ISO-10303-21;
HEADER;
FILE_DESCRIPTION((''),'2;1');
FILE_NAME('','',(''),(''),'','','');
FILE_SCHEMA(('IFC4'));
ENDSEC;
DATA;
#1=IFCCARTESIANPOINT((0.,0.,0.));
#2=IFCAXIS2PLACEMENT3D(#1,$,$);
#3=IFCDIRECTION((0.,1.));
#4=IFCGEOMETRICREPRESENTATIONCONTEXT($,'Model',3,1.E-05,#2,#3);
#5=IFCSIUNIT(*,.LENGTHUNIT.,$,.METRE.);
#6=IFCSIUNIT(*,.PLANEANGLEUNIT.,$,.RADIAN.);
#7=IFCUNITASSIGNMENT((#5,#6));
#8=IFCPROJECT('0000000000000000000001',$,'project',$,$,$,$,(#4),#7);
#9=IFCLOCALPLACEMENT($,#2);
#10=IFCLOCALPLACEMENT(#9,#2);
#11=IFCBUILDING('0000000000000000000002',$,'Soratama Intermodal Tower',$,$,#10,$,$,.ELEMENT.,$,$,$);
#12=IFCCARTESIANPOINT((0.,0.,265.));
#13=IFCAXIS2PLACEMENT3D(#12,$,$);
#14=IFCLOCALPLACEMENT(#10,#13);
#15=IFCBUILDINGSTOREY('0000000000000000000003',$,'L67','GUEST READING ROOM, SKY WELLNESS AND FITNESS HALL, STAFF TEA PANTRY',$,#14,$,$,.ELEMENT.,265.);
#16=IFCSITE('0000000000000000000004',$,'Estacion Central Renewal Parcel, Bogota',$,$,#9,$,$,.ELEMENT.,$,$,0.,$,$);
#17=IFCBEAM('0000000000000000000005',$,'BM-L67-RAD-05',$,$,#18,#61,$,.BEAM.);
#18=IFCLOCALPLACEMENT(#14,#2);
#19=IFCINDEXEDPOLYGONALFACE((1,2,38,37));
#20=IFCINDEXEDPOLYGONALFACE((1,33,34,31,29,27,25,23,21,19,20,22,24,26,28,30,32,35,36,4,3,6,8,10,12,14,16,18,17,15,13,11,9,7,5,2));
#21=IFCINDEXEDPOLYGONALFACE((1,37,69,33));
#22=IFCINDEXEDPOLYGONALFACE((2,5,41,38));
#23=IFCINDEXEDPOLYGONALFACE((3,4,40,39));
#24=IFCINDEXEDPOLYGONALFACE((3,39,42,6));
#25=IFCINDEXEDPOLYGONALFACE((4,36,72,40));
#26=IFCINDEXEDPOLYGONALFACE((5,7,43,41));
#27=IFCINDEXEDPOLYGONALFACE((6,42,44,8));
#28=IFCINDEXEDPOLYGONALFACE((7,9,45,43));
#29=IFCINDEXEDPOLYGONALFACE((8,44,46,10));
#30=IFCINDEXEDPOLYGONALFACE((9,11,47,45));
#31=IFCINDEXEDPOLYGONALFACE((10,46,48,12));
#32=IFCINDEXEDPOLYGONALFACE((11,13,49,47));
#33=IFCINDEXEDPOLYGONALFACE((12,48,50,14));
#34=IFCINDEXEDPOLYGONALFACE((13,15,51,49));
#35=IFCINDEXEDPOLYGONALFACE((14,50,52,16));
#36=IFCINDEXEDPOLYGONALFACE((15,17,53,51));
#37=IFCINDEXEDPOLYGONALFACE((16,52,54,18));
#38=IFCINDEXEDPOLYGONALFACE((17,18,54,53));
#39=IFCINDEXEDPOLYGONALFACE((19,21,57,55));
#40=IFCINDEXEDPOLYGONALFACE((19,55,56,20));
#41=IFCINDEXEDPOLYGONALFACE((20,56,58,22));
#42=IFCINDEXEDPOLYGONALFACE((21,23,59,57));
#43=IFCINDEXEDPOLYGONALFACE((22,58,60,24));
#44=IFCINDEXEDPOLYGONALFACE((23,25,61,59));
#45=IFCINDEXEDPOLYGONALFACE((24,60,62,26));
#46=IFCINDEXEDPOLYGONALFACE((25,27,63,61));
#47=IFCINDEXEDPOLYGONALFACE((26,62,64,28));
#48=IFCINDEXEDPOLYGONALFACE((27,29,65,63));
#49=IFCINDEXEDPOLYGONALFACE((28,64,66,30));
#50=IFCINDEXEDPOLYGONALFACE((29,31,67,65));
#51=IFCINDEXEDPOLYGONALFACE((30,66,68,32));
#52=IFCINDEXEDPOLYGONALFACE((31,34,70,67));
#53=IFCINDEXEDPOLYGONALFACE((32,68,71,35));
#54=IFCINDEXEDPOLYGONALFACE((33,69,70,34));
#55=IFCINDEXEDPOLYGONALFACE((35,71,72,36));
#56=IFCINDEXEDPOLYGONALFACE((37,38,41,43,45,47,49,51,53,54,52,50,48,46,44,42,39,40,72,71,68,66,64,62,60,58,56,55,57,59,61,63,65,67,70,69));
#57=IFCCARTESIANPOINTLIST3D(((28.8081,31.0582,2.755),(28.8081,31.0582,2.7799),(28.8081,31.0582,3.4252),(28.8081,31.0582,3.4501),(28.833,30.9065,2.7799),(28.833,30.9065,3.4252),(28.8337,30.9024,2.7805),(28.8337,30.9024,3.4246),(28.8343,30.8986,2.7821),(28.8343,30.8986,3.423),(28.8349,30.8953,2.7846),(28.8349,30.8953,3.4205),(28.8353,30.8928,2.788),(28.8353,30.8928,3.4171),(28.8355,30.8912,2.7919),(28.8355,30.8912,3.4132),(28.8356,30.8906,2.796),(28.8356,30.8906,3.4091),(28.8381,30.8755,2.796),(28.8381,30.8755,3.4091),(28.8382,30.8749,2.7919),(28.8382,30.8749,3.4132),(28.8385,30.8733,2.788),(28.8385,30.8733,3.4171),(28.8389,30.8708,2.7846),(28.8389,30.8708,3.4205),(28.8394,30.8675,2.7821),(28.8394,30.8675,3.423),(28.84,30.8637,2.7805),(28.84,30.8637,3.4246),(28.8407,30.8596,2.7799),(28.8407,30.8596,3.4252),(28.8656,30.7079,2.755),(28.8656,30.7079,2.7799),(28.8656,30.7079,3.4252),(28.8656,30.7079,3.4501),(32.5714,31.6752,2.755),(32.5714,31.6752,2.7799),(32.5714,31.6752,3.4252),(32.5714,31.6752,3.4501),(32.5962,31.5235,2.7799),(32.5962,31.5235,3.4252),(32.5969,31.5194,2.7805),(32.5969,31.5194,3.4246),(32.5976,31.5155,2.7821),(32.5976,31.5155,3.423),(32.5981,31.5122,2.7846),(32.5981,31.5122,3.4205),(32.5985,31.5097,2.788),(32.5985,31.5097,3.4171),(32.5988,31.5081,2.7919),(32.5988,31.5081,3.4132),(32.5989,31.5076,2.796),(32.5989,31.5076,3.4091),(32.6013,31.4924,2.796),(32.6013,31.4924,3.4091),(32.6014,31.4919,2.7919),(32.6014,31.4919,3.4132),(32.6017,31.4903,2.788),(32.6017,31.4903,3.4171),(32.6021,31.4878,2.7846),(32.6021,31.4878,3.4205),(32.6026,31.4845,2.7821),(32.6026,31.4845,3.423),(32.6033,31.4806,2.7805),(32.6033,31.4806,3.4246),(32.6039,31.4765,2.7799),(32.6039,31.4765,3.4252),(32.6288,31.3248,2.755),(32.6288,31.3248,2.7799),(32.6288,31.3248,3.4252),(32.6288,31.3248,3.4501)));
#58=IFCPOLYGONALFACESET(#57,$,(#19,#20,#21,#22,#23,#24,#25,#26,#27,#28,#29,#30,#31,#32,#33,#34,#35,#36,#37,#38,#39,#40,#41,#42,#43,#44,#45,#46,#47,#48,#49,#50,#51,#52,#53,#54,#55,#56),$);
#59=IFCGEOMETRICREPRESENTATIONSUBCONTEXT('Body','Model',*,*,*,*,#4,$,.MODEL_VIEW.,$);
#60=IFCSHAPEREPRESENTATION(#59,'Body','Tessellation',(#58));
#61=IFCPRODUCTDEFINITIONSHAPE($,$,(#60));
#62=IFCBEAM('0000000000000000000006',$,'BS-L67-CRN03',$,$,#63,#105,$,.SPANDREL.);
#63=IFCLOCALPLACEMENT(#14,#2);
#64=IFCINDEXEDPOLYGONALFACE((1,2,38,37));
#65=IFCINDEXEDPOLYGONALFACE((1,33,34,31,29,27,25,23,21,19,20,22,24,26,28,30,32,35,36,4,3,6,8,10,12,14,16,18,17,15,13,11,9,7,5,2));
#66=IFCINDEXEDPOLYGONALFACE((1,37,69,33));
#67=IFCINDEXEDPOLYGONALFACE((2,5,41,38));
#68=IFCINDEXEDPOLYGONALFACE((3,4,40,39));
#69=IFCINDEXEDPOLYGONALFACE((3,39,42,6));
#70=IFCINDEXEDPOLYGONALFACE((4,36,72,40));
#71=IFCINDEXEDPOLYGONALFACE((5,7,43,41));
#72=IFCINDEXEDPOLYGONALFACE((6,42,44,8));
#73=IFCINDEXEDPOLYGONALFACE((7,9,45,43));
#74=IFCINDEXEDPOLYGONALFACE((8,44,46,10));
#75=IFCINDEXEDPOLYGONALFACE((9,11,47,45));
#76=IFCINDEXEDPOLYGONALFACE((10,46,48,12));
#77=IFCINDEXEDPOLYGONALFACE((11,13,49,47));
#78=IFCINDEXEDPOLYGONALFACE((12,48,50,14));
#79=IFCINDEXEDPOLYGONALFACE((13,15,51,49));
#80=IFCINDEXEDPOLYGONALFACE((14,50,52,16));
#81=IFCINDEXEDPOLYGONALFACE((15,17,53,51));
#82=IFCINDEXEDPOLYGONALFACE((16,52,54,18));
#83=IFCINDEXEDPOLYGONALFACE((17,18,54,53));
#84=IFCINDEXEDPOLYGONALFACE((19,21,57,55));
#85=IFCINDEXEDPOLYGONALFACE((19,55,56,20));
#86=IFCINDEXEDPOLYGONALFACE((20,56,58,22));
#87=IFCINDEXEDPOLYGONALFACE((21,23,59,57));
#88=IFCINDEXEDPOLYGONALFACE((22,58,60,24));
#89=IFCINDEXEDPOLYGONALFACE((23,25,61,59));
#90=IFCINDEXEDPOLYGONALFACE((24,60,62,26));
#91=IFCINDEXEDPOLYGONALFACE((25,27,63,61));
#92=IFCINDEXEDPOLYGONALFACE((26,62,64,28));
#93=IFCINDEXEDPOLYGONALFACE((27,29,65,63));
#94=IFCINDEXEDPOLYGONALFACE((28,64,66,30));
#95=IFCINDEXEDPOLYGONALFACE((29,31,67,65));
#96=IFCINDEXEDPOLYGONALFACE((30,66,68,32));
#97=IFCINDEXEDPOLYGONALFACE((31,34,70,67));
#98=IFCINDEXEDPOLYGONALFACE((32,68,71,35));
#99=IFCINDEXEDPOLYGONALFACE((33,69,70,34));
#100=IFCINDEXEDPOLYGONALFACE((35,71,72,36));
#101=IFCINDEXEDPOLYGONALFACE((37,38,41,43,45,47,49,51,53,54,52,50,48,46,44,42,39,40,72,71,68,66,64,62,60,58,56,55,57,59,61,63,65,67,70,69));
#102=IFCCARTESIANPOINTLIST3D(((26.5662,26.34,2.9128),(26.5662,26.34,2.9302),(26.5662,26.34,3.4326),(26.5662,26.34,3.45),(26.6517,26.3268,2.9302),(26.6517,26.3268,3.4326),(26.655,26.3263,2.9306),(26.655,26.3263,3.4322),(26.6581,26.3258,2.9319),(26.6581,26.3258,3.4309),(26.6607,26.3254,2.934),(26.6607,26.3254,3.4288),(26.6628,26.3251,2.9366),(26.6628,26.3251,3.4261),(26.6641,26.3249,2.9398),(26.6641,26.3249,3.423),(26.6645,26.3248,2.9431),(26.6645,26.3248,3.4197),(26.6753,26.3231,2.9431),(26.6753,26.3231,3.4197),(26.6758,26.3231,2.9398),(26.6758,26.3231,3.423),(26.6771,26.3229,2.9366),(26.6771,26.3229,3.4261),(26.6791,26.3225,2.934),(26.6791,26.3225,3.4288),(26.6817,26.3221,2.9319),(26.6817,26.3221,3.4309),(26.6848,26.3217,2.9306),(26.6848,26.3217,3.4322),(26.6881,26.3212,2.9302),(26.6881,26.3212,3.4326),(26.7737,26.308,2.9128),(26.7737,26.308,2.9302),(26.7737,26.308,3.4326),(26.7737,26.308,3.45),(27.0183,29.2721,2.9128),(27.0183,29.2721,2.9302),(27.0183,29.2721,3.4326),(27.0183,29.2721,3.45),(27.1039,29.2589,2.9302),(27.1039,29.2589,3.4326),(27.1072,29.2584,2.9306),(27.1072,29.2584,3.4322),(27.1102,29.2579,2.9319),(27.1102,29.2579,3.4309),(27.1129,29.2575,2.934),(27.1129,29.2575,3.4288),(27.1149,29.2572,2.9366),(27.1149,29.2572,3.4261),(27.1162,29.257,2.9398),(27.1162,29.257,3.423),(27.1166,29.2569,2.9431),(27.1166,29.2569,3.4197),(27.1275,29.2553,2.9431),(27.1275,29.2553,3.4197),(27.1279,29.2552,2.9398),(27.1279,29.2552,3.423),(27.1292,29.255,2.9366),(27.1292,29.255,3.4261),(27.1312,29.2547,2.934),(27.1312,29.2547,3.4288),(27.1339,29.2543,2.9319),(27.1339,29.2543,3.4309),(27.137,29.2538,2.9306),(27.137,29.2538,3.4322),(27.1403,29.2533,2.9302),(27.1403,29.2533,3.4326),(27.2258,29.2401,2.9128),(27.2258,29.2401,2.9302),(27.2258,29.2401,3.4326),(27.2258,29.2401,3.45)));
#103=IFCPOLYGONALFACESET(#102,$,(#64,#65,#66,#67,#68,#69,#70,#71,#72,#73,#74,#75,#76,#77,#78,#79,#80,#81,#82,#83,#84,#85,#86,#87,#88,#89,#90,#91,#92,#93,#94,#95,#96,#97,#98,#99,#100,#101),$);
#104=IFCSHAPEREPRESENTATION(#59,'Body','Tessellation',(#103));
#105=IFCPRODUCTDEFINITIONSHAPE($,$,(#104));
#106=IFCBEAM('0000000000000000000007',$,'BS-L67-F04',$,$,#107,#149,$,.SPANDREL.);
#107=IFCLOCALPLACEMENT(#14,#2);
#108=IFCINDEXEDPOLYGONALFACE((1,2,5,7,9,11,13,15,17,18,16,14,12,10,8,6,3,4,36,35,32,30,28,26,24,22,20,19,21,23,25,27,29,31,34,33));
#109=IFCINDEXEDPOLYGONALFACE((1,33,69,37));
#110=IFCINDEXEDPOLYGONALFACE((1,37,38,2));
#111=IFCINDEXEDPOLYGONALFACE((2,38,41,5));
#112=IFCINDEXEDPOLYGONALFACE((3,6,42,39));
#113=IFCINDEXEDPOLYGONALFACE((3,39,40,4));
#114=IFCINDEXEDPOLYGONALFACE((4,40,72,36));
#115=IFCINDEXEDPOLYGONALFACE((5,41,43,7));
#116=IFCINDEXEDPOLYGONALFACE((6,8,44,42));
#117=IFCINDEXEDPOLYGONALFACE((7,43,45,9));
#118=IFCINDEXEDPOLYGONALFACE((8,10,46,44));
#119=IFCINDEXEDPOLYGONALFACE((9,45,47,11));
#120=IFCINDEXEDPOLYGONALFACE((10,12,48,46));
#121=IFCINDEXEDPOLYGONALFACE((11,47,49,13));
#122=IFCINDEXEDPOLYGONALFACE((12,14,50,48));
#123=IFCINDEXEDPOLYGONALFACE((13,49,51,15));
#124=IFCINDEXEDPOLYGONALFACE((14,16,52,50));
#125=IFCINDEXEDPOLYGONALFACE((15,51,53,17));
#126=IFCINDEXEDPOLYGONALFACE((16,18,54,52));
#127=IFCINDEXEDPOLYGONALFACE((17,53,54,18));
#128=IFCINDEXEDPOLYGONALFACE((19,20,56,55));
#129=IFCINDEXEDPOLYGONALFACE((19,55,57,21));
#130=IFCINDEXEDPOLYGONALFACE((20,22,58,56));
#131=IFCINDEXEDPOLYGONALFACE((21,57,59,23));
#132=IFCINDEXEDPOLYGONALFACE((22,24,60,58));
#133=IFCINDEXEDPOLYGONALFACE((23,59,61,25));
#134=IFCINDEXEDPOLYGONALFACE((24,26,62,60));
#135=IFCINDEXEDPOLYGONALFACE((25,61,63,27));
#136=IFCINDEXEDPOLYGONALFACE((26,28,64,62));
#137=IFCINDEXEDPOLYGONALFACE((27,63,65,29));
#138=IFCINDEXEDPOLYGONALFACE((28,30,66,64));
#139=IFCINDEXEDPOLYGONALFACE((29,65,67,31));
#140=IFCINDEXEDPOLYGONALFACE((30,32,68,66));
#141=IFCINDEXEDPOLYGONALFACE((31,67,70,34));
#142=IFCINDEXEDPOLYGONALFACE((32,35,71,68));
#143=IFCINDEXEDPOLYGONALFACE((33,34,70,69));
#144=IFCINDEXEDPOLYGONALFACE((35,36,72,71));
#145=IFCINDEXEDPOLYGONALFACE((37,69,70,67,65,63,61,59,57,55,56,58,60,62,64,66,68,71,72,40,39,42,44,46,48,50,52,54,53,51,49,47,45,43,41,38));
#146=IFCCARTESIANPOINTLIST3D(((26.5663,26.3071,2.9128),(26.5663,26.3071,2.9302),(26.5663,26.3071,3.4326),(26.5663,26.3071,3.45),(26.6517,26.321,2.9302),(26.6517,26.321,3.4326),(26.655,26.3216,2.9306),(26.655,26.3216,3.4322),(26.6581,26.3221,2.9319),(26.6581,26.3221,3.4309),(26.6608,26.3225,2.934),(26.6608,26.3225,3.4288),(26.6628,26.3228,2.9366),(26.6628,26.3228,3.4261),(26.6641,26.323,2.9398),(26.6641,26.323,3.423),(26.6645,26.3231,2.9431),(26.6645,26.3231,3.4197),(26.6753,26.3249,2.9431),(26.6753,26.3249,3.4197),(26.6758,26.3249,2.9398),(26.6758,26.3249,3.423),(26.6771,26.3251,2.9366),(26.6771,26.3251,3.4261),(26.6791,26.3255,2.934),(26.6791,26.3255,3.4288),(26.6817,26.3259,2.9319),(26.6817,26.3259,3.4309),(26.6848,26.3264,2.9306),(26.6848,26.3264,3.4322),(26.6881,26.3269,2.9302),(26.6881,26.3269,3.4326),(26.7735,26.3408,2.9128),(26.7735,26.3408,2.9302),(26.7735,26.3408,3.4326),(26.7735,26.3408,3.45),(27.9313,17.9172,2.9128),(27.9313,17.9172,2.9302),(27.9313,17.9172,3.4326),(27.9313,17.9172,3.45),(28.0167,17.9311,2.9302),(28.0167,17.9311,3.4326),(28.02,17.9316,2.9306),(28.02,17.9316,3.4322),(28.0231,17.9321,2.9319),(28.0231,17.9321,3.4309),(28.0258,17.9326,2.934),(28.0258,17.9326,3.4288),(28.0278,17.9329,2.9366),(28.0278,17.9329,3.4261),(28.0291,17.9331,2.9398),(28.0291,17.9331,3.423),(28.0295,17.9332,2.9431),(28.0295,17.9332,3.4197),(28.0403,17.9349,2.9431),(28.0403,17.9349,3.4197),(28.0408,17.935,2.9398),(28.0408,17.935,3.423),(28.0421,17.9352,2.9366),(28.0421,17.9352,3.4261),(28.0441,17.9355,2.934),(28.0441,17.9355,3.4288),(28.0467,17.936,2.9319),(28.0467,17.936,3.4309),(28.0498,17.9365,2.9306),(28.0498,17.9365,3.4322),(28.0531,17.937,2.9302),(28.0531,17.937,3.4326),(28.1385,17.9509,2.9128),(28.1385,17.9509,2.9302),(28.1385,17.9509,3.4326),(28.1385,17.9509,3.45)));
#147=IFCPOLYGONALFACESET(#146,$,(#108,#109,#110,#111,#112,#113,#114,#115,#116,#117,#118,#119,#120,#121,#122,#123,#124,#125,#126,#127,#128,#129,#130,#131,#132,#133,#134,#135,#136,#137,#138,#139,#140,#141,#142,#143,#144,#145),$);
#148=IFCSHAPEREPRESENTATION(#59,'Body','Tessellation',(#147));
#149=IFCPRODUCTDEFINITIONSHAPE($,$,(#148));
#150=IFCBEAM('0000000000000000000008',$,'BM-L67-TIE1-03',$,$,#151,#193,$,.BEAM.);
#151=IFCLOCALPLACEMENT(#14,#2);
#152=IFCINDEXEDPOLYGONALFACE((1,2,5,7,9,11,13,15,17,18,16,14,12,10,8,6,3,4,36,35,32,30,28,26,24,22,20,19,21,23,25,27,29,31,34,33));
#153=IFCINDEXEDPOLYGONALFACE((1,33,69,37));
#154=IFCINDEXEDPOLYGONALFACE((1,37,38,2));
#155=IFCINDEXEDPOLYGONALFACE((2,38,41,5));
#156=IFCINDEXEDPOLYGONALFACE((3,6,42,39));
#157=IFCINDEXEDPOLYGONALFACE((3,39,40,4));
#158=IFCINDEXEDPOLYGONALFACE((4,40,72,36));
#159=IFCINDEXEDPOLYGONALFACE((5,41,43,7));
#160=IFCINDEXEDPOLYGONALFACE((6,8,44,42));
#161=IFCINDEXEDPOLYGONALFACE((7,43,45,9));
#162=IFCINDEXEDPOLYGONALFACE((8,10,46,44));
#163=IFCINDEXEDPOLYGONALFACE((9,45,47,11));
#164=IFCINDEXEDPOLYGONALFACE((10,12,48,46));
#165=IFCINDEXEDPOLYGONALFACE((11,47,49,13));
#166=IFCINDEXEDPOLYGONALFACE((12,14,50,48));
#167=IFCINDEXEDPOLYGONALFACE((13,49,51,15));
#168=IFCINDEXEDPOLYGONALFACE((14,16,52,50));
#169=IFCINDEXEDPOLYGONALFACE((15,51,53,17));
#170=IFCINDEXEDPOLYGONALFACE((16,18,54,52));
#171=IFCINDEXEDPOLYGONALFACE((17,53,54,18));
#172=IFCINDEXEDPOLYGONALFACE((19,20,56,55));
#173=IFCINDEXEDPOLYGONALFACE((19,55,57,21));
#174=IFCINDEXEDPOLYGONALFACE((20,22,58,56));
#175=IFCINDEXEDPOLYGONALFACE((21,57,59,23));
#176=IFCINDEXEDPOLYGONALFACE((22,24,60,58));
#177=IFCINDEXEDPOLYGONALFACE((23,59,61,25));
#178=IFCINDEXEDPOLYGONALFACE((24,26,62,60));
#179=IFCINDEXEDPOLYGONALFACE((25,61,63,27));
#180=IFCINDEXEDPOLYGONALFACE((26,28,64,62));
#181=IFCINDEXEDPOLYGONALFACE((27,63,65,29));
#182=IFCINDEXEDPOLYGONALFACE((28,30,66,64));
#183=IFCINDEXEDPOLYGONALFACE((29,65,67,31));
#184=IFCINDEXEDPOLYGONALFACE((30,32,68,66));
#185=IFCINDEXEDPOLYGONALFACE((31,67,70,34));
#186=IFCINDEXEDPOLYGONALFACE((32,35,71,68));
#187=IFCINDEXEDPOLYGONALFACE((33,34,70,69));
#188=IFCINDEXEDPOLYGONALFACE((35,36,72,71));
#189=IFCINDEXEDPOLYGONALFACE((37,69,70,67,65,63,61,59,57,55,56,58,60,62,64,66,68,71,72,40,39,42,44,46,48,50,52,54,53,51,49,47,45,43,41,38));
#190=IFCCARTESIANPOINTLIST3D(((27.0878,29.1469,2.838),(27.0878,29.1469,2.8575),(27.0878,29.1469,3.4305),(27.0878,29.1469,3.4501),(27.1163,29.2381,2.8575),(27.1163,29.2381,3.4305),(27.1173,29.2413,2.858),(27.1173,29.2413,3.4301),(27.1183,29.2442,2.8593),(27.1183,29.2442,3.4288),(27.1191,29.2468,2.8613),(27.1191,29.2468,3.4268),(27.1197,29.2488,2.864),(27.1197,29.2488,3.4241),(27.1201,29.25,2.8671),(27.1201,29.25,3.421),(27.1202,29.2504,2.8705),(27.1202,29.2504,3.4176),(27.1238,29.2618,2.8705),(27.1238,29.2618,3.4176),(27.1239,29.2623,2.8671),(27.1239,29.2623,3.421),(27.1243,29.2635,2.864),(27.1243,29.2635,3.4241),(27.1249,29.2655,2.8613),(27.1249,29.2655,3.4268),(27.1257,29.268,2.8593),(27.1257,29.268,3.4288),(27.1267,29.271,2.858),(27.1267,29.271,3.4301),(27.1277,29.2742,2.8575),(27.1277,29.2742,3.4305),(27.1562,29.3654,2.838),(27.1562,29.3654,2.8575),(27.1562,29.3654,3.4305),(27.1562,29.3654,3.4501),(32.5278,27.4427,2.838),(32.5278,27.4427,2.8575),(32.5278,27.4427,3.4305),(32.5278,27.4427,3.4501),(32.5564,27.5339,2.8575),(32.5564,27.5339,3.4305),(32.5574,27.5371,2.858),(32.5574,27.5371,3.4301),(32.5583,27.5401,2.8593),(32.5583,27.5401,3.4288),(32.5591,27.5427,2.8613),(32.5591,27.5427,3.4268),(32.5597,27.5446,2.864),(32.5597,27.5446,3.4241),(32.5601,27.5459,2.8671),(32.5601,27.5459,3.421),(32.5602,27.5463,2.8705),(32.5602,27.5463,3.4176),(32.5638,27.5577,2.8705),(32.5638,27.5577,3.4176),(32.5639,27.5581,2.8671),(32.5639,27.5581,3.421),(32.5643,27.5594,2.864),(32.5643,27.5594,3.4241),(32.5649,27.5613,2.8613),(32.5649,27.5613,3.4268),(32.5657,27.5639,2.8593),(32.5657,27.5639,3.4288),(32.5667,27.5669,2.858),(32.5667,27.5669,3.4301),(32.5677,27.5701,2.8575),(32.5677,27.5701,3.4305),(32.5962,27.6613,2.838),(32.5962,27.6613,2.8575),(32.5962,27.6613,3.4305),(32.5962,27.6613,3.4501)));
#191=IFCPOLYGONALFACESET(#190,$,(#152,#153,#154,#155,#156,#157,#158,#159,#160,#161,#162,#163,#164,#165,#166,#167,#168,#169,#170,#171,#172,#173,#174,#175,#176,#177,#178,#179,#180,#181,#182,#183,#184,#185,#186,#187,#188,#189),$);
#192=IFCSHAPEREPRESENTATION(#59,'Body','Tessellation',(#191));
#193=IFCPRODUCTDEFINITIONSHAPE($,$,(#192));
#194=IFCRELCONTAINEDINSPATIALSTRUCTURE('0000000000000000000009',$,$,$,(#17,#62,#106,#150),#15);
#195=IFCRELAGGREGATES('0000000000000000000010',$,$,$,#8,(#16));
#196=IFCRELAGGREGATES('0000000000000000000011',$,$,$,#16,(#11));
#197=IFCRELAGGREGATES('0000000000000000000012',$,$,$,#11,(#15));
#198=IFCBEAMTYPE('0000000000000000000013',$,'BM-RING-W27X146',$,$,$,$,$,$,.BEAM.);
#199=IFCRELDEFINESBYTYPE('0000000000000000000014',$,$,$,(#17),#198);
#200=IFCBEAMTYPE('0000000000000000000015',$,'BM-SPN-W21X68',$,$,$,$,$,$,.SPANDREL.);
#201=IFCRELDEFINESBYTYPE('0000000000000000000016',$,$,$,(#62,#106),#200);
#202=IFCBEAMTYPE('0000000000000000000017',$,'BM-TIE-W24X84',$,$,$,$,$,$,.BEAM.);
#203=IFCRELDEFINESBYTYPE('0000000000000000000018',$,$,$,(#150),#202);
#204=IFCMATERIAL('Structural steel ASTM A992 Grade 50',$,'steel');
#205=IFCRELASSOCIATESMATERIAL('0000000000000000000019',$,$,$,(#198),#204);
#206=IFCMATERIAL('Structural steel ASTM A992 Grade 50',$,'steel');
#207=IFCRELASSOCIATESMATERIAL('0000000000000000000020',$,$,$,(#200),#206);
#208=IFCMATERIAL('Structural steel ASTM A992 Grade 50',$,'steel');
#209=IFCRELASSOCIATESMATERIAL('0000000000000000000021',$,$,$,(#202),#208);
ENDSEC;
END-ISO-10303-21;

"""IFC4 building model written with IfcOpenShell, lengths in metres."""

from ifc_helpers import new_model, si_unit, direction, frame, origin, origin_2d, place, context, subcontext, project, spatial, i_section, extrude, material, material_profile, profile_set, type_object, element, save


model = new_model("IFC4")

# Units and contexts
model_context = context("Model", 3, precision=1e-05, world=origin(), true_north=direction((0.0, 1.0)))
body_context = subcontext(model_context, "Body", "Model", "MODEL_VIEW")
ifc_project = project(units=[si_unit("LENGTHUNIT", "METRE"), si_unit("PLANEANGLEUNIT", "RADIAN")], contexts=[model_context])

# Site, building, storey
site_placement = place(None, origin())
site = spatial("IfcSite", under=ifc_project, at=site_placement, Name="Estacion Central Renewal Parcel, Bogota", CompositionType="ELEMENT", RefElevation=0.0)
building_placement = place(site_placement, origin())
building = spatial("IfcBuilding", under=site, at=building_placement, Name="Soratama Intermodal Tower", CompositionType="ELEMENT")
storey_placement = place(building_placement, frame((0.0, 0.0, 265.0)))
storey = spatial("IfcBuildingStorey", under=building, at=storey_placement, Name="L67", Description="GUEST READING ROOM, SKY WELLNESS AND FITNESS HALL, STAFF TEA PANTRY", CompositionType="ELEMENT", Elevation=265.0)

# Beams
ifc_material_1 = material(Name="Structural steel ASTM A992 Grade 50", Category="steel")
ifc_material_profile_1 = material_profile(ifc_material_1, i_section(OverallWidth=0.355, OverallDepth=0.6951, WebThickness=0.0154, FlangeThickness=0.0249, FilletRadius=0.0161, at=origin_2d()), Name="W27X146")
ifc_profile_set_1 = profile_set([ifc_material_profile_1], Name="Structural steel ASTM A992 Grade 50")
beam_type_1 = type_object("IfcBeamType", Name="BM-RING-W27X146", PredefinedType="BEAM", material=ifc_profile_set_1)
beam_1_placement = place(storey_placement, frame((32.6001, 31.5, 3.1025), z_axis=(-0.986826, -0.161782, 0.0), x_axis=(0.161782, -0.986826, 0.0)))
element("IfcBeam", 1, at=beam_1_placement, inside=storey, type_object=beam_type_1, Name="BM-L67-RAD-05", PredefinedType="BEAM", context=body_context, shape_type="SweptSolid", body=[
    extrude(i_section(OverallWidth=0.355, OverallDepth=0.6951, WebThickness=0.0154, FlangeThickness=0.0249, FilletRadius=0.0161, at=origin_2d()), origin(), (0.0, 0.0, 1.0), 3.8135),
])
ifc_material_2 = material(Name="Structural steel ASTM A992 Grade 50", Category="steel")
ifc_material_profile_2 = material_profile(ifc_material_2, i_section(OverallWidth=0.21, OverallDepth=0.5371, WebThickness=0.011, FlangeThickness=0.0173, FilletRadius=0.0129, at=origin_2d()), Name="W21X68")
ifc_profile_set_2 = profile_set([ifc_material_profile_2], Name="Structural steel ASTM A992 Grade 50")
beam_type_2 = type_object("IfcBeamType", Name="BM-SPN-W21X68", PredefinedType="SPANDREL", material=ifc_profile_set_2)
beam_2_placement = place(storey_placement, frame((27.1221, 29.2561, 3.1814), z_axis=(-0.152403, -0.988318, 0.0), x_axis=(0.988318, -0.152403, 0.0)))
element("IfcBeam", 2, at=beam_2_placement, inside=storey, type_object=beam_type_2, Name="BS-L67-CRN03", PredefinedType="SPANDREL", context=body_context, shape_type="SweptSolid", body=[
    extrude(i_section(OverallWidth=0.21, OverallDepth=0.5371, WebThickness=0.011, FlangeThickness=0.0173, FilletRadius=0.0129, at=origin_2d()), origin(), (0.0, 0.0, 1.0), 2.9668),
])
beam_3_placement = place(storey_placement, frame((26.6699, 26.324, 3.1814), z_axis=(0.160583, -0.987022, 0.0), x_axis=(0.987022, 0.160583, 0.0)))
element("IfcBeam", 3, at=beam_3_placement, inside=storey, type_object=beam_type_2, Name="BS-L67-F04", PredefinedType="SPANDREL", context=body_context, shape_type="SweptSolid", body=[
    extrude(i_section(OverallWidth=0.21, OverallDepth=0.5371, WebThickness=0.011, FlangeThickness=0.0173, FilletRadius=0.0129, at=origin_2d()), origin(), (0.0, 0.0, 1.0), 8.5002),
])
ifc_material_3 = material(Name="Structural steel ASTM A992 Grade 50", Category="steel")
ifc_material_profile_3 = material_profile(ifc_material_3, i_section(OverallWidth=0.229, OverallDepth=0.6121, WebThickness=0.012, FlangeThickness=0.0195, FilletRadius=0.0129, at=origin_2d()), Name="W24X84")
ifc_profile_set_3 = profile_set([ifc_material_profile_3], Name="Structural steel ASTM A992 Grade 50")
beam_type_3 = type_object("IfcBeamType", Name="BM-TIE-W24X84", PredefinedType="BEAM", material=ifc_profile_set_3)
beam_4_placement = place(storey_placement, frame((32.562, 27.552, 3.144), z_axis=(-0.954274, 0.298933, 0.0), x_axis=(-0.298933, -0.954274, 0.0)))
element("IfcBeam", 4, at=beam_4_placement, inside=storey, type_object=beam_type_3, Name="BM-L67-TIE1-03", PredefinedType="BEAM", context=body_context, shape_type="SweptSolid", body=[
    extrude(i_section(OverallWidth=0.229, OverallDepth=0.6121, WebThickness=0.012, FlangeThickness=0.0195, FilletRadius=0.0129, at=origin_2d()), origin(), (0.0, 0.0, 1.0), 5.7007),
])

save(model, "model.ifc")
